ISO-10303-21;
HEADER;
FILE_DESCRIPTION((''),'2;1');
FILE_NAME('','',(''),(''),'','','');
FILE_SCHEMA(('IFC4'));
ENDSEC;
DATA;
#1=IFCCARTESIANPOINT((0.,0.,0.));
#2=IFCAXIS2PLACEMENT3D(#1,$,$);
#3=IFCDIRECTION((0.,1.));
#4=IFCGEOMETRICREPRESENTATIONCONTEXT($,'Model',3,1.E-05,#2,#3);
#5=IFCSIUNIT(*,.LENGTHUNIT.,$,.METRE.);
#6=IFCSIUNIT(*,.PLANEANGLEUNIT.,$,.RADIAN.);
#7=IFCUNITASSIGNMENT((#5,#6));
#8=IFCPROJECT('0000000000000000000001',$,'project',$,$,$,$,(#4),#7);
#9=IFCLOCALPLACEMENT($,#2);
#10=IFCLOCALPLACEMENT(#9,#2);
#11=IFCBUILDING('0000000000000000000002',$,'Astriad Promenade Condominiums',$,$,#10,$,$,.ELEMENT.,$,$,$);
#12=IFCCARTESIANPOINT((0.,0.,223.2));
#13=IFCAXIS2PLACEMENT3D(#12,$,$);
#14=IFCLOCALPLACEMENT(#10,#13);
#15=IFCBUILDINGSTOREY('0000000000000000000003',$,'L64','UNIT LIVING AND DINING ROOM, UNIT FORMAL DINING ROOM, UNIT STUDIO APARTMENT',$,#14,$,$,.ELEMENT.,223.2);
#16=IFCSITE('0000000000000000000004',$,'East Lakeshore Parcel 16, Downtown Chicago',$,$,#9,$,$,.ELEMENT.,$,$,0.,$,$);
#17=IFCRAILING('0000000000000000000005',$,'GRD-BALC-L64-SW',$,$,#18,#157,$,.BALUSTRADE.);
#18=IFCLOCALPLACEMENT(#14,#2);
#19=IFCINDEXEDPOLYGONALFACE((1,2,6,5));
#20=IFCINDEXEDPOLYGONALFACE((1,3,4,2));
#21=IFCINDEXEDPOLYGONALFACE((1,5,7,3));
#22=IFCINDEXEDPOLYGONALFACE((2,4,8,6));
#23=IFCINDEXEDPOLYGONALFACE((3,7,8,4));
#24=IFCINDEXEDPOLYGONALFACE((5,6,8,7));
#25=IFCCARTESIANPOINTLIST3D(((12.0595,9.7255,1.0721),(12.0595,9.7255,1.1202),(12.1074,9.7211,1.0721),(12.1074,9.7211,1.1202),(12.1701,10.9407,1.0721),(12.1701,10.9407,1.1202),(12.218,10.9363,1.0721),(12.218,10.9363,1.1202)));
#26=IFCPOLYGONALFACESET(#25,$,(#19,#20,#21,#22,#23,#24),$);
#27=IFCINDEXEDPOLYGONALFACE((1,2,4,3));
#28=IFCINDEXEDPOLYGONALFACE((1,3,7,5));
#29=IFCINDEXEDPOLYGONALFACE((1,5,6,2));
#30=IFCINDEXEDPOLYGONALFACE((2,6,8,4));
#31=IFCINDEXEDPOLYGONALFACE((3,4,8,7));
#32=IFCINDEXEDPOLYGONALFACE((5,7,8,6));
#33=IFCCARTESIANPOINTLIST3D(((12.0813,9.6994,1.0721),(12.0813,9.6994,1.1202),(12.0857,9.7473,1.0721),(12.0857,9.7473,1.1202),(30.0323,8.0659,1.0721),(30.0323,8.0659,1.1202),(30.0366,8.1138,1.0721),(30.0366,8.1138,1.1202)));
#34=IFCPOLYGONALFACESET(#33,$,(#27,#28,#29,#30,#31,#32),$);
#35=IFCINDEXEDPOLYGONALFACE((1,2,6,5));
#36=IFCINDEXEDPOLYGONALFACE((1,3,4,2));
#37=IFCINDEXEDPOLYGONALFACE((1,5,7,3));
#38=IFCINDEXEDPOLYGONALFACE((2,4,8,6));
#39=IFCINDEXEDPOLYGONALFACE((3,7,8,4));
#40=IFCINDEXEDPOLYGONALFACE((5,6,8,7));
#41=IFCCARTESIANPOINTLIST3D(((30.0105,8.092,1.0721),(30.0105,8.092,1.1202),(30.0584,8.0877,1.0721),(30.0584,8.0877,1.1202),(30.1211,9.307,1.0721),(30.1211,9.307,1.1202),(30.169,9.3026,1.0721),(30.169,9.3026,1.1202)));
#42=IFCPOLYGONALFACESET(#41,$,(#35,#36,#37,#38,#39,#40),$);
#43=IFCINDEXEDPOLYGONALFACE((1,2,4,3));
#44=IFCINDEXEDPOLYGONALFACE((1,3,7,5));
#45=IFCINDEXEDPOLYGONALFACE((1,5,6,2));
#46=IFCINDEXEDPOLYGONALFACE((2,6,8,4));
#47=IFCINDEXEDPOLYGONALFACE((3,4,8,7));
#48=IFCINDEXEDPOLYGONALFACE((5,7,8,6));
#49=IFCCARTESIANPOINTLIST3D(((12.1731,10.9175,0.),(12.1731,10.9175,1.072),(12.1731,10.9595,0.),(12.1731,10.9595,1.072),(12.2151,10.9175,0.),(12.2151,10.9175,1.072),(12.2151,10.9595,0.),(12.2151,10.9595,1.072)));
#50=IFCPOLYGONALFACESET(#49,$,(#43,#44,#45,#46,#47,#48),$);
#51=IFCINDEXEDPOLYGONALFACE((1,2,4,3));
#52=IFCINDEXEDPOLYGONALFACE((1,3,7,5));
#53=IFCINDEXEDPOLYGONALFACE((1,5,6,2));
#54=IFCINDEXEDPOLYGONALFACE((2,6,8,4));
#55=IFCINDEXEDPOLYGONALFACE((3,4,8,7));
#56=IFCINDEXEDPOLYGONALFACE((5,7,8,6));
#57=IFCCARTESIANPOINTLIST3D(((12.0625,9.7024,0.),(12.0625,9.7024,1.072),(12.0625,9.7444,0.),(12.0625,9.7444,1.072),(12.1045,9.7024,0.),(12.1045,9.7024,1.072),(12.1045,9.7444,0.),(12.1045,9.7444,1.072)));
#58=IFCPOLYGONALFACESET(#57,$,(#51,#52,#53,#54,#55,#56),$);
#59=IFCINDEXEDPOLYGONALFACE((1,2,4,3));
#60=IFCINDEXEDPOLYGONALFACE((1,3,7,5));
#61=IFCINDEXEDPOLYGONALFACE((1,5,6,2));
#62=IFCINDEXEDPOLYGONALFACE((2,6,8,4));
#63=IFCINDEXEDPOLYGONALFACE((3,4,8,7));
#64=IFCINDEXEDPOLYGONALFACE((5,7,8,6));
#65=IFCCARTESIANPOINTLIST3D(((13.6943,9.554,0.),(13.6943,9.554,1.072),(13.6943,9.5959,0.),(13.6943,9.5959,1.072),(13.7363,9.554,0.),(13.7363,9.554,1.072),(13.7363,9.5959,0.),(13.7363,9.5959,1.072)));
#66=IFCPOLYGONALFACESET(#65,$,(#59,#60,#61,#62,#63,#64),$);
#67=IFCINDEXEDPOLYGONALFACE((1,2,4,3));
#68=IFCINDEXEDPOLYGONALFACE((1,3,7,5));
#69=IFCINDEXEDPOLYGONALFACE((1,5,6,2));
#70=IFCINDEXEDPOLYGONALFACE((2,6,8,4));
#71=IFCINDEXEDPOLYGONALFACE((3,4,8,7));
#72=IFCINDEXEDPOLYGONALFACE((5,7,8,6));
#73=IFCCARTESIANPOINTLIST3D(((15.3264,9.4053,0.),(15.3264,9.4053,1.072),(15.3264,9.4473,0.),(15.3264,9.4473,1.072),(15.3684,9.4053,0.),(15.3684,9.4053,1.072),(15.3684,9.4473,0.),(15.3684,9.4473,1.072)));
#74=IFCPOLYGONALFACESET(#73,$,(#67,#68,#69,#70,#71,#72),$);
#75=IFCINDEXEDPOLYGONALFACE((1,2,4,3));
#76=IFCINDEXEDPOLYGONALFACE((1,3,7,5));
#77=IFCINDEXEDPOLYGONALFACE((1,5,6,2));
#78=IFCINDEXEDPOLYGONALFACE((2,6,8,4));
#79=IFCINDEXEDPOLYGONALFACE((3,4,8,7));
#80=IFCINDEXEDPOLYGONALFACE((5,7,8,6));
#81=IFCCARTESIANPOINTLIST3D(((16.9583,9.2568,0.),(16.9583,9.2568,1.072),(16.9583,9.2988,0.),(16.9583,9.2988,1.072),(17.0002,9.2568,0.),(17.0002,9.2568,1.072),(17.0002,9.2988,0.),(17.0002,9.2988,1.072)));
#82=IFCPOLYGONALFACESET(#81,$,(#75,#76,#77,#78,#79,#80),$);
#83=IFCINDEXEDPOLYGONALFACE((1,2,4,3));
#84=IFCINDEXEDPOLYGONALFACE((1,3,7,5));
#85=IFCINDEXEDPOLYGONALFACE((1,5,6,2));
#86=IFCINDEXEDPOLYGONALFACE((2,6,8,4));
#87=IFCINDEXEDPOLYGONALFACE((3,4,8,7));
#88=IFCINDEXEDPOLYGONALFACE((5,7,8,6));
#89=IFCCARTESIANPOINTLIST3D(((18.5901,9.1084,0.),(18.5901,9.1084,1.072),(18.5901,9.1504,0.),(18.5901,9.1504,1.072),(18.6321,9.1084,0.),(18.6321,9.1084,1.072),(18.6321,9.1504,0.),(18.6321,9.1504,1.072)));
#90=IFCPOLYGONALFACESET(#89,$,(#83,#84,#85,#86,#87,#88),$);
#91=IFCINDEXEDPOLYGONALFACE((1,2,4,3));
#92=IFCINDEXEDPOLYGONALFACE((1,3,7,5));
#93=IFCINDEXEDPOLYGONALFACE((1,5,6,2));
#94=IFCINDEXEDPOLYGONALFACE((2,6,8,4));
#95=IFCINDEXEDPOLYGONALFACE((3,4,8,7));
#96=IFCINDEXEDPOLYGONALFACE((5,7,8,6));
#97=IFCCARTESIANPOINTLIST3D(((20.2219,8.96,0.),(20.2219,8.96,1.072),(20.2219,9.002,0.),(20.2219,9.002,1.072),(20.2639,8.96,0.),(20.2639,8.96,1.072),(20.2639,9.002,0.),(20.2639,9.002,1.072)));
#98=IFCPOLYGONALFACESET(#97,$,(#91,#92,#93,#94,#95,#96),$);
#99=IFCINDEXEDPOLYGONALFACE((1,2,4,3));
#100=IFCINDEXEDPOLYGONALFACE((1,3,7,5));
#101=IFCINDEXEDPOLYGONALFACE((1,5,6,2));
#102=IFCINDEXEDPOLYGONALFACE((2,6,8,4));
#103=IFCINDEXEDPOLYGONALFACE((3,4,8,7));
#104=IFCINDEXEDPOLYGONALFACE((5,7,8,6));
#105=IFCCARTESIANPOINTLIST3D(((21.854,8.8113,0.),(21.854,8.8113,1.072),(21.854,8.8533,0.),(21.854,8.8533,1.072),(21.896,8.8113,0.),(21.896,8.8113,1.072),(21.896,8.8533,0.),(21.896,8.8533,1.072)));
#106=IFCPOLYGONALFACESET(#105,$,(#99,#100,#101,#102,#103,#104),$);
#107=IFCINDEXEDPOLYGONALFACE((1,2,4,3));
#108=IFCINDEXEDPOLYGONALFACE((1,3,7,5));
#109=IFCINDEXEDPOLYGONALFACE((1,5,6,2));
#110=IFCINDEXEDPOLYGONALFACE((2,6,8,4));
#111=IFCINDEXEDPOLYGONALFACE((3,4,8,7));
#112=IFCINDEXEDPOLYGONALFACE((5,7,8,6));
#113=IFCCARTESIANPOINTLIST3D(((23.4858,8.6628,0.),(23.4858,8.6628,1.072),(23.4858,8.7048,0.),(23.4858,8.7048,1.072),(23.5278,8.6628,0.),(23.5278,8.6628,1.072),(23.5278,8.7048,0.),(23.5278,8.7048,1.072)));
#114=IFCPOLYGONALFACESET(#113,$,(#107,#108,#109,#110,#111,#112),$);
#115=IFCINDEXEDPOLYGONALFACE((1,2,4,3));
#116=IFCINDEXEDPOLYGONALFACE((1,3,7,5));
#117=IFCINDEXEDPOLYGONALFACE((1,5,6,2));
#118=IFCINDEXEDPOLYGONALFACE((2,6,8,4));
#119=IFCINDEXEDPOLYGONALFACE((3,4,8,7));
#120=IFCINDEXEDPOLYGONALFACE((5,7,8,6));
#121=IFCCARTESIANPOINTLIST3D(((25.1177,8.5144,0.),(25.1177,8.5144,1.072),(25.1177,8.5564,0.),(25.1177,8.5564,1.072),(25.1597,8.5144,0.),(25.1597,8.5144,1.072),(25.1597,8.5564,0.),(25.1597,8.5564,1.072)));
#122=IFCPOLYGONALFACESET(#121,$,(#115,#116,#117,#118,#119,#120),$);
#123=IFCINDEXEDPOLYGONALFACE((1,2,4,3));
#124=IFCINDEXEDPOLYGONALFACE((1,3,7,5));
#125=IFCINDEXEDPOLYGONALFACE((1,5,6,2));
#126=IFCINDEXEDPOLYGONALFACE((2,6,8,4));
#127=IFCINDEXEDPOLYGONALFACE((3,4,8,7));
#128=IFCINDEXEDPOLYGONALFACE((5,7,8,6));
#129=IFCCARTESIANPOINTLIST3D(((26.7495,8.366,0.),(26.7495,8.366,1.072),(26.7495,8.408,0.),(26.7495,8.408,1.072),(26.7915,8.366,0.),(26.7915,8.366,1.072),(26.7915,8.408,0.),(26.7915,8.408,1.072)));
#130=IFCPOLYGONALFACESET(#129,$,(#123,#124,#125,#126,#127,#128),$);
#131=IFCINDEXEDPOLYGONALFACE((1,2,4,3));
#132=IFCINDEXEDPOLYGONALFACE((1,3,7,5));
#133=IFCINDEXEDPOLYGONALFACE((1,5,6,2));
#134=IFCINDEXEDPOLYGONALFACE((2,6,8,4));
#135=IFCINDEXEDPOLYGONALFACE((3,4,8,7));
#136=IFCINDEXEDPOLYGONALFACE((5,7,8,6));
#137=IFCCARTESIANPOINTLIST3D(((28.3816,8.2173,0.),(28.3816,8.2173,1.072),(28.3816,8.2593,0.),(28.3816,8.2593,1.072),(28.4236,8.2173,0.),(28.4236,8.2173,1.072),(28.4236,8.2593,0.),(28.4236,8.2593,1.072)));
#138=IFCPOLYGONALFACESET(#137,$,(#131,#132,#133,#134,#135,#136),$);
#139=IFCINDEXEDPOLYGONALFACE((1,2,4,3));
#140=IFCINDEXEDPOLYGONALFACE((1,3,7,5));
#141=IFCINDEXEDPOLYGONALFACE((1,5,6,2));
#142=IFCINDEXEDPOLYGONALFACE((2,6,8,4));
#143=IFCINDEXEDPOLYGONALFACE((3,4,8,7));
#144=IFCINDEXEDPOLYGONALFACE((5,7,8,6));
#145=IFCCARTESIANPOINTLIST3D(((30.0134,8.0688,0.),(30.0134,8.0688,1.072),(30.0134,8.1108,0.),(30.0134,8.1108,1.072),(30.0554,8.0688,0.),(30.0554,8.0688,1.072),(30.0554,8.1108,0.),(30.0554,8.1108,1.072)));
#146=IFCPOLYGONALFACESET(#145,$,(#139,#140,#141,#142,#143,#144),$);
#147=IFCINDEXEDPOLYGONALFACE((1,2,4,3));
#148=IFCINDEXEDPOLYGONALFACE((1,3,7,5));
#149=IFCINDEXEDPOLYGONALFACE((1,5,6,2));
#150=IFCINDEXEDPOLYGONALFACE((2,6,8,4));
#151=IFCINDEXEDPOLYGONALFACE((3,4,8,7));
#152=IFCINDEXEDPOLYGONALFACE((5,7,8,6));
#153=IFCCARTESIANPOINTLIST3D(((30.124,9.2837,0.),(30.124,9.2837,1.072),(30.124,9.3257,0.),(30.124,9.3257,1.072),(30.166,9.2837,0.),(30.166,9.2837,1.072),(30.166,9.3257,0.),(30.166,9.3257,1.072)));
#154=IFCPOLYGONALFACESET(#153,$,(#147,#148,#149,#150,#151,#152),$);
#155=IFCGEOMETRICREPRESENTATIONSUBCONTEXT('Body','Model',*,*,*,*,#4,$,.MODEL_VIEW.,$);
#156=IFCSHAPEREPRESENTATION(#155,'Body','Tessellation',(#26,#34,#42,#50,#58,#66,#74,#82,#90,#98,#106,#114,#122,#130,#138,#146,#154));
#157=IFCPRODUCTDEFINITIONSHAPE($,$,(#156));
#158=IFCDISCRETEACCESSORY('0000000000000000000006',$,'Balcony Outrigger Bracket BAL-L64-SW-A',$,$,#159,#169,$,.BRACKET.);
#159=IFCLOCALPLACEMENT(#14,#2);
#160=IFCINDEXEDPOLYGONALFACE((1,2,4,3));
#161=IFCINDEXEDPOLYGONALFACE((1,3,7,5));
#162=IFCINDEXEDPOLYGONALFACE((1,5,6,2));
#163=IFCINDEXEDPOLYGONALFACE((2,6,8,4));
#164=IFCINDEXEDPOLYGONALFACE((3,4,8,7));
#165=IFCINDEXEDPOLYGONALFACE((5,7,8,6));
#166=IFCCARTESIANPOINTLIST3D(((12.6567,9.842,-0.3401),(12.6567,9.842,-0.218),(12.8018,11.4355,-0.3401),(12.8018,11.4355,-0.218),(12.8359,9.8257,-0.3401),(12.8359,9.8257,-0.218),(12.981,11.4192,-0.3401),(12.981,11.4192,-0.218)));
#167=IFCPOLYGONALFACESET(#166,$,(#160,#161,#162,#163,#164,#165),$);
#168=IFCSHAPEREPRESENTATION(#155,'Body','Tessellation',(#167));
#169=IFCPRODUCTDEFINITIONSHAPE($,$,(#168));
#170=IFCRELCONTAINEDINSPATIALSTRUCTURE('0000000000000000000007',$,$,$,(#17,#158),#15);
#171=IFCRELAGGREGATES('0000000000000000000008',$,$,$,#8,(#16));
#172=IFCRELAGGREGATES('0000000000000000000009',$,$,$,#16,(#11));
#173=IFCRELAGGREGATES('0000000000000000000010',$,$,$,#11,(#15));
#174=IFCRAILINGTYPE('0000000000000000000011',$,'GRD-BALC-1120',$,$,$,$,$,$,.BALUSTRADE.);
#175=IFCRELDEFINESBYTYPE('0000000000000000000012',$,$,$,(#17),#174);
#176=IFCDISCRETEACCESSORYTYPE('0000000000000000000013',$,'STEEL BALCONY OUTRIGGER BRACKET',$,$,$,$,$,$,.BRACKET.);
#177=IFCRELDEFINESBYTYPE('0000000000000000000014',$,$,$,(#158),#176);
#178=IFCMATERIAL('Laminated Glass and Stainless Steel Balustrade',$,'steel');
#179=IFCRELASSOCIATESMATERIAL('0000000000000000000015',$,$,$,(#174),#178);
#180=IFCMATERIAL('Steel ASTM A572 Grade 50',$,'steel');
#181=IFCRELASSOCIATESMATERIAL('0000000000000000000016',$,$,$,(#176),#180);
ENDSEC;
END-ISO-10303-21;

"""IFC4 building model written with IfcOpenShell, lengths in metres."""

from ifc_helpers import new_model, si_unit, direction, frame, origin, origin_2d, place, context, subcontext, project, spatial, rectangle, extrude, source, transform, mapped, material, type_object, type_shapes, element, save


model = new_model("IFC4")

# Units and contexts
model_context = context("Model", 3, precision=1e-05, world=origin(), true_north=direction((0.0, 1.0)))
body_context = subcontext(model_context, "Body", "Model", "MODEL_VIEW")
ifc_project = project(units=[si_unit("LENGTHUNIT", "METRE"), si_unit("PLANEANGLEUNIT", "RADIAN")], contexts=[model_context])

# Site, building, storey
site_placement = place(None, origin())
site = spatial("IfcSite", under=ifc_project, at=site_placement, Name="East Lakeshore Parcel 16, Downtown Chicago", CompositionType="ELEMENT", RefElevation=0.0)
building_placement = place(site_placement, origin())
building = spatial("IfcBuilding", under=site, at=building_placement, Name="Astriad Promenade Condominiums", CompositionType="ELEMENT")
storey_placement = place(building_placement, frame((0.0, 0.0, 223.2)))
storey = spatial("IfcBuildingStorey", under=building, at=storey_placement, Name="L64", Description="UNIT LIVING AND DINING ROOM, UNIT FORMAL DINING ROOM, UNIT STUDIO APARTMENT", CompositionType="ELEMENT", Elevation=223.2)

# Railing
ifc_material_1 = material(Name="Laminated Glass and Stainless Steel Balustrade", Category="steel")
railing_type = type_object("IfcRailingType", Name="GRD-BALC-1120", PredefinedType="BALUSTRADE", material=ifc_material_1)
shared_shape_1 = source(origin(), body_context, "Body", "SweptSolid", [
    extrude(rectangle(XDim=0.0481, YDim=0.0481, at=origin_2d()), frame((0.0, 0.0, 1.0962), z_axis=(-0.090644, -0.995883, 0.0), x_axis=(0.995883, -0.090644, 0.0)), (0.0, 0.0, 1.0), 1.2202),
    extrude(rectangle(XDim=0.0481, YDim=0.0481, at=origin_2d()), frame((-0.1106, -1.2151, 1.0962), z_axis=(0.995885, -0.090626, 0.0), x_axis=(0.090626, 0.995885, 0.0)), (0.0, 0.0, 1.0), 18.0251),
    extrude(rectangle(XDim=0.0481, YDim=0.0481, at=origin_2d()), frame((17.8403, -2.8486, 1.0962), z_axis=(0.090662, 0.995882, 0.0), x_axis=(-0.995882, 0.090662, 0.0)), (0.0, 0.0, 1.0), 1.22),
    extrude(rectangle(XDim=0.042, YDim=0.042, at=origin_2d()), origin(), (0.0, 0.0, 1.0), 1.072),
    extrude(rectangle(XDim=0.042, YDim=0.042, at=origin_2d()), frame((-0.1106, -1.2151, 0.0)), (0.0, 0.0, 1.0), 1.072),
    extrude(rectangle(XDim=0.042, YDim=0.042, at=origin_2d()), frame((1.5212, -1.3635, 0.0)), (0.0, 0.0, 1.0), 1.072),
    extrude(rectangle(XDim=0.042, YDim=0.042, at=origin_2d()), frame((3.1533, -1.5122, 0.0)), (0.0, 0.0, 1.0), 1.072),
    extrude(rectangle(XDim=0.042, YDim=0.042, at=origin_2d()), frame((4.7852, -1.6606, 0.0)), (0.0, 0.0, 1.0), 1.072),
    extrude(rectangle(XDim=0.042, YDim=0.042, at=origin_2d()), frame((6.417, -1.8091, 0.0)), (0.0, 0.0, 1.0), 1.072),
    extrude(rectangle(XDim=0.042, YDim=0.042, at=origin_2d()), frame((8.0488, -1.9575, 0.0)), (0.0, 0.0, 1.0), 1.072),
    extrude(rectangle(XDim=0.042, YDim=0.042, at=origin_2d()), frame((9.6809, -2.1062, 0.0)), (0.0, 0.0, 1.0), 1.072),
    extrude(rectangle(XDim=0.042, YDim=0.042, at=origin_2d()), frame((11.3127, -2.2546, 0.0)), (0.0, 0.0, 1.0), 1.072),
    extrude(rectangle(XDim=0.042, YDim=0.042, at=origin_2d()), frame((12.9446, -2.4031, 0.0)), (0.0, 0.0, 1.0), 1.072),
    extrude(rectangle(XDim=0.042, YDim=0.042, at=origin_2d()), frame((14.5764, -2.5515, 0.0)), (0.0, 0.0, 1.0), 1.072),
    extrude(rectangle(XDim=0.042, YDim=0.042, at=origin_2d()), frame((16.2085, -2.7002, 0.0)), (0.0, 0.0, 1.0), 1.072),
    extrude(rectangle(XDim=0.042, YDim=0.042, at=origin_2d()), frame((17.8403, -2.8486, 0.0)), (0.0, 0.0, 1.0), 1.072),
    extrude(rectangle(XDim=0.042, YDim=0.042, at=origin_2d()), frame((17.9509, -1.6338, 0.0)), (0.0, 0.0, 1.0), 1.072),
])
type_shapes(railing_type, [shared_shape_1])
railing_placement = place(storey_placement, frame((12.1941, 10.9385, 0.0)))
element("IfcRailing", 1, at=railing_placement, inside=storey, type_object=railing_type, Name="GRD-BALC-L64-SW", PredefinedType="BALUSTRADE", context=body_context, shape_type="MappedRepresentation", body=[
    mapped(shared_shape_1, transform((0.0, 0.0, 0.0), scale=1.0)),
])

# Discrete accessory
ifc_material_2 = material(Name="Steel ASTM A572 Grade 50", Category="steel")
discrete_accessory_type = type_object("IfcDiscreteAccessoryType", Name="STEEL BALCONY OUTRIGGER BRACKET", PredefinedType="BRACKET", material=ifc_material_2)
shared_shape_2 = source(origin(), body_context, "Body", "SweptSolid", [
    extrude(rectangle(XDim=1.6001, YDim=0.1799, at=origin_2d()), origin(), (0.0, 0.0, 1.0), 0.1221),
])
type_shapes(discrete_accessory_type, [shared_shape_2])
discrete_accessory_placement = place(storey_placement, frame((12.8188, 10.6306, -0.3401), z_axis=(0.0, 0.0, 1.0), x_axis=(-0.090633, -0.995884, 0.0)))
element("IfcDiscreteAccessory", 2, at=discrete_accessory_placement, inside=storey, type_object=discrete_accessory_type, Name="Balcony Outrigger Bracket BAL-L64-SW-A", PredefinedType="BRACKET", context=body_context, shape_type="MappedRepresentation", body=[
    mapped(shared_shape_2, transform((0.0, 0.0, 0.0), scale=1.0)),
])

save(model, "model.ifc")
